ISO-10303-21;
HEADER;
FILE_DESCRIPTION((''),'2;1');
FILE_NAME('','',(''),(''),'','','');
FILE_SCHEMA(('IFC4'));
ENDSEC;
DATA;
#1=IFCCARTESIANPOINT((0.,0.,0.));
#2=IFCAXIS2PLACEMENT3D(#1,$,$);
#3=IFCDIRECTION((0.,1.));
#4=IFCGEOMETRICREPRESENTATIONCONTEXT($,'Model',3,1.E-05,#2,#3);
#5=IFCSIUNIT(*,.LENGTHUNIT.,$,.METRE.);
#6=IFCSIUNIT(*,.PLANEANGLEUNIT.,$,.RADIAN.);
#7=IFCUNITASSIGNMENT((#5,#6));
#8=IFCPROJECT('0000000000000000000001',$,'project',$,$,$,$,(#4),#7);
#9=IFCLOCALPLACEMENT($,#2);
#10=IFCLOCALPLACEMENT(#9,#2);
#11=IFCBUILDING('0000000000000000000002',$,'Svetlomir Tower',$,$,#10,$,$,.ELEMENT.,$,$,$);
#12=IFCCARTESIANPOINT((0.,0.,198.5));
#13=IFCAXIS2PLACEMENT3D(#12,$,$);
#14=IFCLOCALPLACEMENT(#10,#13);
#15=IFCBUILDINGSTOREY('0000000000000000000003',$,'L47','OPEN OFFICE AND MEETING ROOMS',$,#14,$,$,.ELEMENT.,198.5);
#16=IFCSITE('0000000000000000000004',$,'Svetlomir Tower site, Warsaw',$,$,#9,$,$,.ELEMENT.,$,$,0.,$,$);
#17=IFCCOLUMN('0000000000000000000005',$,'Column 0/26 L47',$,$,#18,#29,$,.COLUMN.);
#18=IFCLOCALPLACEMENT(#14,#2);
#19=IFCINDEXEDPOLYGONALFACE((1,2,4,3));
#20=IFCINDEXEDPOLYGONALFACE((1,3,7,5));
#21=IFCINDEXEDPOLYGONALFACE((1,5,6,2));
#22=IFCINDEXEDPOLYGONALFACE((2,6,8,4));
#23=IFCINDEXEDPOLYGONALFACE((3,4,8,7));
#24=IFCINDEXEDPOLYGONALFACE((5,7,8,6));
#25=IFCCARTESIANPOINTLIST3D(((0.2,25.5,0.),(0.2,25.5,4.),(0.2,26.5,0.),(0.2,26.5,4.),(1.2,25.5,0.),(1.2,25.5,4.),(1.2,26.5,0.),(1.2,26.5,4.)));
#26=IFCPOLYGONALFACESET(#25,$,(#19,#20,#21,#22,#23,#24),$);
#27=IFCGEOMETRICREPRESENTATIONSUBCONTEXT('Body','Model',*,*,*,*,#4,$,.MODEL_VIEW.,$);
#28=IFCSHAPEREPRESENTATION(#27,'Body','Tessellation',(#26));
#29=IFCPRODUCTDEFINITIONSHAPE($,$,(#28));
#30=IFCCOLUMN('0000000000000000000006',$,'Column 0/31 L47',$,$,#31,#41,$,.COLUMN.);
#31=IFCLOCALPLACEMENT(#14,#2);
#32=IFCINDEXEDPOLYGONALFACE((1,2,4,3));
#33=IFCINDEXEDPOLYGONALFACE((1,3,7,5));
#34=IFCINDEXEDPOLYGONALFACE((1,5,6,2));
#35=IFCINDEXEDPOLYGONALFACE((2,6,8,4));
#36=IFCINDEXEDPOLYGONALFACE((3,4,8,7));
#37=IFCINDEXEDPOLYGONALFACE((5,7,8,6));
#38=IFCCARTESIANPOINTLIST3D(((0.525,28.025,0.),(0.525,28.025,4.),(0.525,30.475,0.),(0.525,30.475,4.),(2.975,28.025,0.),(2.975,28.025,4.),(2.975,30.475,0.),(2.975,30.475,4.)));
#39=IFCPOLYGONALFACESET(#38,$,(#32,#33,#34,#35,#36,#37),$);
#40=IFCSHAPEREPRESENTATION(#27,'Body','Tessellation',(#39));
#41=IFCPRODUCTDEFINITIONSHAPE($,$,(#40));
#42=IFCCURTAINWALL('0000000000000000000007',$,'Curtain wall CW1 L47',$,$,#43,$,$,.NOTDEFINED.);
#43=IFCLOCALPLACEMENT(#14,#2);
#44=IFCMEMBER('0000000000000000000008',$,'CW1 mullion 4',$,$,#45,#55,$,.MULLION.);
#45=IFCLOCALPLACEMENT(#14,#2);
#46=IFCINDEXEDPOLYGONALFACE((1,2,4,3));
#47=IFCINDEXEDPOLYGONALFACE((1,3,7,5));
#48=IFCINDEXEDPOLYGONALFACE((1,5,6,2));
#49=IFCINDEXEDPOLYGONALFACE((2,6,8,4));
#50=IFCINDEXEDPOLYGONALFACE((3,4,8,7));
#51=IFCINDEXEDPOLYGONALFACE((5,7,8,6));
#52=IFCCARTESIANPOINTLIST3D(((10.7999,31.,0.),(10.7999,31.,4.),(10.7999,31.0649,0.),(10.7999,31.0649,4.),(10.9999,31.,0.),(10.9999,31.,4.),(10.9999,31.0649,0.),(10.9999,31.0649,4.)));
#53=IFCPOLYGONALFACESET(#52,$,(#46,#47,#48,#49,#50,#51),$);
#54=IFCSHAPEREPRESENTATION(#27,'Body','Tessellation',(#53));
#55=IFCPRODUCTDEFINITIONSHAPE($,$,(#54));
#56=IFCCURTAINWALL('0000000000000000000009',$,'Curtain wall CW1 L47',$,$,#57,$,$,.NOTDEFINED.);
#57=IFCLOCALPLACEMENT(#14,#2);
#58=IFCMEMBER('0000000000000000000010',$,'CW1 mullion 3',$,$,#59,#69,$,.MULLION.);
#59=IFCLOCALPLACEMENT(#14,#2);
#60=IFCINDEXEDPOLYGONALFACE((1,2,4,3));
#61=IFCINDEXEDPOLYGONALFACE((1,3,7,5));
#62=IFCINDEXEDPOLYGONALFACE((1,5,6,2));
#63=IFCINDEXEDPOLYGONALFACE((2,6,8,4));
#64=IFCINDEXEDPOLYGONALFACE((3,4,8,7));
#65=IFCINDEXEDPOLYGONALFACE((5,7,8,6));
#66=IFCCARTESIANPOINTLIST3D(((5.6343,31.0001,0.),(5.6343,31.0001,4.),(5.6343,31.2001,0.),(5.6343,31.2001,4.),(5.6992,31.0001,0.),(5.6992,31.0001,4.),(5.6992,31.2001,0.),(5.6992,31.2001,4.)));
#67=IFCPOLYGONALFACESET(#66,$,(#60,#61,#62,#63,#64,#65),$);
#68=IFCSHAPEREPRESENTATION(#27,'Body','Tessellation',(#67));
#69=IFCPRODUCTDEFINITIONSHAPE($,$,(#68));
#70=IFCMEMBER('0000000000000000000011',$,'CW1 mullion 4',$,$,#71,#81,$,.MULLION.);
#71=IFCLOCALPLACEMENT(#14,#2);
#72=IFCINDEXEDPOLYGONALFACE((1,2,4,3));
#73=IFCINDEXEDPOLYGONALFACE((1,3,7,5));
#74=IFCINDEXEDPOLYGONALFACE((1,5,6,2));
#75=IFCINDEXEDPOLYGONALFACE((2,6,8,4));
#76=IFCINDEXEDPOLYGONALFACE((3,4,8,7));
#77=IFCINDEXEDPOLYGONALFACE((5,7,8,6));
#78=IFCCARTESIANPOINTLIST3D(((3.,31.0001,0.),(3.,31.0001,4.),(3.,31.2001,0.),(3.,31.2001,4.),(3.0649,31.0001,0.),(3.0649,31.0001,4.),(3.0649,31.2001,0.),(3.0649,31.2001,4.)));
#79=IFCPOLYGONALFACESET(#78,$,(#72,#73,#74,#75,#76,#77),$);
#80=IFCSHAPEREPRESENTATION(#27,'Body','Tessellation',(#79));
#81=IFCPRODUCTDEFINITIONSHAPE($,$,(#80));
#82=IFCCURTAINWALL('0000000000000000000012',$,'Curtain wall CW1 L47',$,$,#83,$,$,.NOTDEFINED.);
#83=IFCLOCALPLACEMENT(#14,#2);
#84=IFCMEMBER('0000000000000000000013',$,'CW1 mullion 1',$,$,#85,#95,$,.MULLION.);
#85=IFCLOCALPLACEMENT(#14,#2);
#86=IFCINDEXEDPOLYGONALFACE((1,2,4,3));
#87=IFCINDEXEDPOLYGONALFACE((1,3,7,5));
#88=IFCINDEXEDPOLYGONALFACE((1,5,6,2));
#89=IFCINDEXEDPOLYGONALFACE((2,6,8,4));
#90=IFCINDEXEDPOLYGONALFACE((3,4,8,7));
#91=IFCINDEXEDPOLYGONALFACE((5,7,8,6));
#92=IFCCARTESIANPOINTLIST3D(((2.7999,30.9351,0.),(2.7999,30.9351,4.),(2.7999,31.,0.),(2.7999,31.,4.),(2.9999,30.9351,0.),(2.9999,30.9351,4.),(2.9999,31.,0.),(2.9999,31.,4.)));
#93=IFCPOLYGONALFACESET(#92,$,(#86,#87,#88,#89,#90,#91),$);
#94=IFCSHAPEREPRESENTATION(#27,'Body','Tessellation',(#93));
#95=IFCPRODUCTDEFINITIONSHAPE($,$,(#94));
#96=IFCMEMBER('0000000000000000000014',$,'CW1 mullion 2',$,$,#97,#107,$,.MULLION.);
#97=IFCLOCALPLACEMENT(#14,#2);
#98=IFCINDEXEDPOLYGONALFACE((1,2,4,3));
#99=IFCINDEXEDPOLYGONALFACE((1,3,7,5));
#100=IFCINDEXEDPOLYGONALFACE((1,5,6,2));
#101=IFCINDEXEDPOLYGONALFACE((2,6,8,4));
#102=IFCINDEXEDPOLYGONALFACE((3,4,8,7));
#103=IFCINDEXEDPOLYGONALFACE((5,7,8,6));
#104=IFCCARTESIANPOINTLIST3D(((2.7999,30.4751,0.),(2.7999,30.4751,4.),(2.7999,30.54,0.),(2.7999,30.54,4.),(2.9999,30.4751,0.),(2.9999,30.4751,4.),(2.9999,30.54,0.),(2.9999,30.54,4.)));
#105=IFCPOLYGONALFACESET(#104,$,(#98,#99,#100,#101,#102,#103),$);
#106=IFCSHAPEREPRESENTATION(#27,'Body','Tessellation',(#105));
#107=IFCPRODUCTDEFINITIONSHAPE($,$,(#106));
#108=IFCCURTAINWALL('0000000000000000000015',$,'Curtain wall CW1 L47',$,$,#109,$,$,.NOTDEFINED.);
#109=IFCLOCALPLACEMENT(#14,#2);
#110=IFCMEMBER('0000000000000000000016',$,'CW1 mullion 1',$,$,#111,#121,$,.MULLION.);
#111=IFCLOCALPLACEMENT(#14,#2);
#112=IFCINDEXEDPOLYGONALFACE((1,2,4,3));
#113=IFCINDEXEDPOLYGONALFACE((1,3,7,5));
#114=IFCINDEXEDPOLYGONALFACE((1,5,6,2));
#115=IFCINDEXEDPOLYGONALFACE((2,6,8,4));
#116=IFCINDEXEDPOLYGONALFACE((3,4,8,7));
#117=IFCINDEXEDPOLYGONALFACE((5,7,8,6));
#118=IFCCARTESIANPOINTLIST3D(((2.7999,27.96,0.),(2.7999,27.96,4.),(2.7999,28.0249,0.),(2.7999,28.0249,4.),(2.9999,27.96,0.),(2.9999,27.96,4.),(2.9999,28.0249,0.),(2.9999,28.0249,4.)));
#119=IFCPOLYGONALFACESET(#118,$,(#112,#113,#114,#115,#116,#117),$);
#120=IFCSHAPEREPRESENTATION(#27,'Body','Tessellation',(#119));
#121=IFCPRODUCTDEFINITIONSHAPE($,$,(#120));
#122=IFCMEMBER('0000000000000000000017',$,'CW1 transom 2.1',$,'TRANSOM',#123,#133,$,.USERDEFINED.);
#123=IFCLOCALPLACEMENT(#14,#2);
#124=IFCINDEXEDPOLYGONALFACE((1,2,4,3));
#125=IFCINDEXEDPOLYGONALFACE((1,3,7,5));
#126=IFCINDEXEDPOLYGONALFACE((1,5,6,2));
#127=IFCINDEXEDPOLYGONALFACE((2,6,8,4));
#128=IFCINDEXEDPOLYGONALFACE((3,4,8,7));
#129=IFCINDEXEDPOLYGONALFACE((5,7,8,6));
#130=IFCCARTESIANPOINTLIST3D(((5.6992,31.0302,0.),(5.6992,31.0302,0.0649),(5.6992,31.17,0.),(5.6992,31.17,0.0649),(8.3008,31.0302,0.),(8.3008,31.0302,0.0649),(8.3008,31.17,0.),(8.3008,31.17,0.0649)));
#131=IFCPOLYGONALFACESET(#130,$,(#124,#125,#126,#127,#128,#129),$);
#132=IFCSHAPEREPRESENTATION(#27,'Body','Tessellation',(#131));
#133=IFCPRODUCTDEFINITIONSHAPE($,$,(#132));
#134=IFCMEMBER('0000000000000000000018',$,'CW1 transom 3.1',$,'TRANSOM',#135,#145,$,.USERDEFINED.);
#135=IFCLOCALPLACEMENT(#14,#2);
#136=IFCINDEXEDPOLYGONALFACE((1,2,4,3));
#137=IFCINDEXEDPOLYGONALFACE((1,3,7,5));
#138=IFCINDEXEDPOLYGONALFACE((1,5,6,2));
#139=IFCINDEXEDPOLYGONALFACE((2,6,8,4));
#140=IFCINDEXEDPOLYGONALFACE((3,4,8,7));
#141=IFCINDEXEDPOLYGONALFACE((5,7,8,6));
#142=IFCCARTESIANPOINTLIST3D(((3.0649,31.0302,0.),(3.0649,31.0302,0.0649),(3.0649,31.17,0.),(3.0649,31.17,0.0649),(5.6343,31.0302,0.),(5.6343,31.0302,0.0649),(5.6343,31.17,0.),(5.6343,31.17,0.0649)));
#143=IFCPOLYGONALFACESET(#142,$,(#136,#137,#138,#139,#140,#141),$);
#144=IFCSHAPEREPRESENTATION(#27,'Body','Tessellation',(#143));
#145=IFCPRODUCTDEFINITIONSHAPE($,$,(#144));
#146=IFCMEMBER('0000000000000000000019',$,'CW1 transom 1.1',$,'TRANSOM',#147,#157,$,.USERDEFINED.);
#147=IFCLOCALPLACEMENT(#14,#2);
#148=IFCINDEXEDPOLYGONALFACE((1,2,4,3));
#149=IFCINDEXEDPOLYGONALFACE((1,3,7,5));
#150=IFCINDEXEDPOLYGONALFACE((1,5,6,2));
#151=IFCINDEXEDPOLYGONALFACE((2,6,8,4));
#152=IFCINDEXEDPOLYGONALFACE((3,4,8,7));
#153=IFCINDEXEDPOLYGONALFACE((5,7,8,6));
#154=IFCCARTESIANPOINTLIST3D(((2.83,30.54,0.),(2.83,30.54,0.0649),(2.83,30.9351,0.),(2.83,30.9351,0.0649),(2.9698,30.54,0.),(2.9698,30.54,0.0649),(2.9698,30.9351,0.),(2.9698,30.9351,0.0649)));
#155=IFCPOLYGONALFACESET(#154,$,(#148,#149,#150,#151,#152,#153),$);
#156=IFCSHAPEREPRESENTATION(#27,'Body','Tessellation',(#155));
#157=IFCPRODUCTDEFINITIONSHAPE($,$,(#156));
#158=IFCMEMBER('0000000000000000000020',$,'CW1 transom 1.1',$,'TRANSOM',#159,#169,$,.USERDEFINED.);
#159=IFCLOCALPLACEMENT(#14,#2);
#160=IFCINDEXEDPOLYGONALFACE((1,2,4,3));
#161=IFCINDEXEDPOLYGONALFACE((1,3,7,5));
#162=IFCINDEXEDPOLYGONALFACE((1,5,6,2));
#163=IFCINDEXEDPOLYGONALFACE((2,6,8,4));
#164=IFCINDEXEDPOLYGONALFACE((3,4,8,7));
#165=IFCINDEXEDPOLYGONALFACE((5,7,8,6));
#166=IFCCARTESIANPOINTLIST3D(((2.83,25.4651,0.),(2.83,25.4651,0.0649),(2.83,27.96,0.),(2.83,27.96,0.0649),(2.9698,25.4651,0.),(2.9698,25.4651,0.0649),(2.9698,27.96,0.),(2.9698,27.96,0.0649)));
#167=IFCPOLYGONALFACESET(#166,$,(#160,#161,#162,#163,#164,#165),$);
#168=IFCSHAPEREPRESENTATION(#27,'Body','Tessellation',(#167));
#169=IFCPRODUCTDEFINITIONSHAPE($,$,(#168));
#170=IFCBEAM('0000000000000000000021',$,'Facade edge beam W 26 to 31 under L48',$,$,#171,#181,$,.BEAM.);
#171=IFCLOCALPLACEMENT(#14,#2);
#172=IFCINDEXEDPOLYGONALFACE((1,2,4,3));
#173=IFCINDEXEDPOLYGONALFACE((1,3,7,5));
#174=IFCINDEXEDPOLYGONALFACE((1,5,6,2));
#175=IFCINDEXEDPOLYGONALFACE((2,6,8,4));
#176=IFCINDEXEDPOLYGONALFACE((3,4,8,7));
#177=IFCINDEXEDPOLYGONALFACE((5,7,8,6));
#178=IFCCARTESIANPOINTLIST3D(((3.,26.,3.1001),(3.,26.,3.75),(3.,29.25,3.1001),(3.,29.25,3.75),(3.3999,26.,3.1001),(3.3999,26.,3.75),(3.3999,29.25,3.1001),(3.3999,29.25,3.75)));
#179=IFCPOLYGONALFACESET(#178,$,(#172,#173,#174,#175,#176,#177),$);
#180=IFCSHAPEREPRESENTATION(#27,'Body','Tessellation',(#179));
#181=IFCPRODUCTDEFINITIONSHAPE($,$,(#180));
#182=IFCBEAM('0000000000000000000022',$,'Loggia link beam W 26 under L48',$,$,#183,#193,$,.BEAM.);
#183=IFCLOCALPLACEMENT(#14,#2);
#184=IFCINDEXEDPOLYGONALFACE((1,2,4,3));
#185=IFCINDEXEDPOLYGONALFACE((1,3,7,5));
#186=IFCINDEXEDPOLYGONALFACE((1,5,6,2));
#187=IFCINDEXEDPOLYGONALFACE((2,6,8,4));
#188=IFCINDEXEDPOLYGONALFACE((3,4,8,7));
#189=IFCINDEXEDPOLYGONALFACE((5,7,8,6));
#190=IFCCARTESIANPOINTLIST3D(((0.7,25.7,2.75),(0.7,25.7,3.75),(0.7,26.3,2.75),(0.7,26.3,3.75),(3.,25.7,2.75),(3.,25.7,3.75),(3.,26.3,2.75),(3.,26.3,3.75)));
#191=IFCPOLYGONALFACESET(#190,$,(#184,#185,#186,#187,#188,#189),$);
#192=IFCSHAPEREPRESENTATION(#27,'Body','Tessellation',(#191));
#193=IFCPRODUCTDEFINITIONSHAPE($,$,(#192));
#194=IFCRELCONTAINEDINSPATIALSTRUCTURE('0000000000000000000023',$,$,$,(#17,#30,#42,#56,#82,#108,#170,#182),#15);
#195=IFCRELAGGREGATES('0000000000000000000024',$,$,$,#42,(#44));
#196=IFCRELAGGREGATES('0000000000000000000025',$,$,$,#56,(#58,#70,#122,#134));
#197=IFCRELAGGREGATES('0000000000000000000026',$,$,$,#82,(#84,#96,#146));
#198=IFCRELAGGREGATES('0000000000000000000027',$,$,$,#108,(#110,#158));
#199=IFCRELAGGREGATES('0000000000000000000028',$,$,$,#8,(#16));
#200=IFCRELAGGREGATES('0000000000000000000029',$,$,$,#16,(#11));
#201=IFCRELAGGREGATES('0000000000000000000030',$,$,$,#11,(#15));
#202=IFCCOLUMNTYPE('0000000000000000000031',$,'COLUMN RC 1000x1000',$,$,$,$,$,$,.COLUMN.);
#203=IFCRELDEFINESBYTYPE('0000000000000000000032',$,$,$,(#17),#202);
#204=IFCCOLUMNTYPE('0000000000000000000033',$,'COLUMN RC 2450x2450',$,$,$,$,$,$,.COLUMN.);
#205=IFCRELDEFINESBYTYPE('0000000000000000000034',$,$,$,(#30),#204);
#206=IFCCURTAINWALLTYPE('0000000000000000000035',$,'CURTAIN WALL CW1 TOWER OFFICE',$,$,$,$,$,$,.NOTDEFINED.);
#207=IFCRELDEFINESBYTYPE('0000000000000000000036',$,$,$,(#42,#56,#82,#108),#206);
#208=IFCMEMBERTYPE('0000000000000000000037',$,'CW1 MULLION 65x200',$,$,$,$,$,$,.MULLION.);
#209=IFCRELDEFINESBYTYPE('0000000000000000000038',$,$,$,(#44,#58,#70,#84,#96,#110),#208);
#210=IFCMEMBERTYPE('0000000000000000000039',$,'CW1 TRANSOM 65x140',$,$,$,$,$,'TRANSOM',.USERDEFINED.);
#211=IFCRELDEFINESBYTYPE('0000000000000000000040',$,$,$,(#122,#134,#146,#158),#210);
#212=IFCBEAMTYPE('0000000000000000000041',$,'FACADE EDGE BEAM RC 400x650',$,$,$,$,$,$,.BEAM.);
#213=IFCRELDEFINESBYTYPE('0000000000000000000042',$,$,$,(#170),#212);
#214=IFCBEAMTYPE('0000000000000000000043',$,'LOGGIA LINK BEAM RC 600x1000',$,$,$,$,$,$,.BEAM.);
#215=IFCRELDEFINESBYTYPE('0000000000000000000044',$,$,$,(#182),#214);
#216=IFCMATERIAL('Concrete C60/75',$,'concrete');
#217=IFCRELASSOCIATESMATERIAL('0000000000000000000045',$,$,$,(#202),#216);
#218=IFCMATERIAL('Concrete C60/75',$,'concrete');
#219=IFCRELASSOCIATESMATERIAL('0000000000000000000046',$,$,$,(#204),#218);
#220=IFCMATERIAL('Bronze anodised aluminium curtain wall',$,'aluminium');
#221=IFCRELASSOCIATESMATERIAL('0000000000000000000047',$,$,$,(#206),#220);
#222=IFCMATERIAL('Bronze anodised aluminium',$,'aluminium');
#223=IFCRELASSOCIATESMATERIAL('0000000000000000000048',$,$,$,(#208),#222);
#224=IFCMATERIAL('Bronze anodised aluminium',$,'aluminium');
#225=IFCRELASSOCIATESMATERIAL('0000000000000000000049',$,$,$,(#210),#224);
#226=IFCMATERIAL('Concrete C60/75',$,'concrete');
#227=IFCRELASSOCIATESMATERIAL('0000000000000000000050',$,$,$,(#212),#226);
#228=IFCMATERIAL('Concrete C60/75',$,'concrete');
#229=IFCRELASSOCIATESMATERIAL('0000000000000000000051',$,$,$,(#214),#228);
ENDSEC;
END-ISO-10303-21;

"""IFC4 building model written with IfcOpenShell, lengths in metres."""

from ifc_helpers import new_model, si_unit, direction, frame, origin, origin_2d, place, context, subcontext, project, spatial, rectangle, extrude, material, material_profile, profile_set, type_object, element, aggregate, save


model = new_model("IFC4")

# Units and contexts
model_context = context("Model", 3, precision=1e-05, world=origin(), true_north=direction((0.0, 1.0)))
body_context = subcontext(model_context, "Body", "Model", "MODEL_VIEW")
ifc_project = project(units=[si_unit("LENGTHUNIT", "METRE"), si_unit("PLANEANGLEUNIT", "RADIAN")], contexts=[model_context])

# Site, building, storey
site_placement = place(None, origin())
site = spatial("IfcSite", under=ifc_project, at=site_placement, Name="Svetlomir Tower site, Warsaw", CompositionType="ELEMENT", RefElevation=0.0)
building_placement = place(site_placement, origin())
building = spatial("IfcBuilding", under=site, at=building_placement, Name="Svetlomir Tower", CompositionType="ELEMENT")
storey_placement = place(building_placement, frame((0.0, 0.0, 198.5)))
storey = spatial("IfcBuildingStorey", under=building, at=storey_placement, Name="L47", Description="OPEN OFFICE AND MEETING ROOMS", CompositionType="ELEMENT", Elevation=198.5)

# Columns
ifc_material_1 = material(Name="Concrete C60/75", Category="concrete")
ifc_material_profile_1 = material_profile(ifc_material_1, rectangle(XDim=1.0, YDim=1.0, at=origin_2d()), Name="RC 1000x1000")
ifc_profile_set_1 = profile_set([ifc_material_profile_1], Name="Concrete C60/75")
column_type_1 = type_object("IfcColumnType", Name="COLUMN RC 1000x1000", PredefinedType="COLUMN", material=ifc_profile_set_1)
column_1_placement = place(storey_placement, frame((0.7, 26.0, 0.0), z_axis=(0.0, 0.0, 1.0), x_axis=(1.0, 0.0, 0.0)))
element("IfcColumn", 1, at=column_1_placement, inside=storey, type_object=column_type_1, Name="Column 0/26 L47", PredefinedType="COLUMN", context=body_context, shape_type="SweptSolid", body=[
    extrude(rectangle(XDim=1.0, YDim=1.0, at=origin_2d()), origin(), (0.0, 0.0, 1.0), 4.0),
])
ifc_material_2 = material(Name="Concrete C60/75", Category="concrete")
ifc_material_profile_2 = material_profile(ifc_material_2, rectangle(XDim=2.45, YDim=2.45, at=origin_2d()), Name="RC 2450x2450")
ifc_profile_set_2 = profile_set([ifc_material_profile_2], Name="Concrete C60/75")
column_type_2 = type_object("IfcColumnType", Name="COLUMN RC 2450x2450", PredefinedType="COLUMN", material=ifc_profile_set_2)
column_2_placement = place(storey_placement, frame((1.75, 29.25, 0.0), z_axis=(0.0, 0.0, 1.0), x_axis=(1.0, 0.0, 0.0)))
element("IfcColumn", 2, at=column_2_placement, inside=storey, type_object=column_type_2, Name="Column 0/31 L47", PredefinedType="COLUMN", context=body_context, shape_type="SweptSolid", body=[
    extrude(rectangle(XDim=2.45, YDim=2.45, at=origin_2d()), origin(), (0.0, 0.0, 1.0), 4.0),
])

# Curtain wall, member
ifc_material_3 = material(Name="Bronze anodised aluminium curtain wall", Category="aluminium")
curtain_wall_type = type_object("IfcCurtainWallType", Name="CURTAIN WALL CW1 TOWER OFFICE", PredefinedType="NOTDEFINED", material=ifc_material_3)
curtain_wall_1_placement = place(storey_placement, origin())
curtain_wall_1 = element("IfcCurtainWall", 3, at=curtain_wall_1_placement, inside=storey, type_object=curtain_wall_type, Name="Curtain wall CW1 L47", PredefinedType="NOTDEFINED")
ifc_material_4 = material(Name="Bronze anodised aluminium", Category="aluminium")
ifc_material_profile_3 = material_profile(ifc_material_4, rectangle(XDim=0.0649, YDim=0.2, at=origin_2d()), Name="AL 65x200")
ifc_profile_set_3 = profile_set([ifc_material_profile_3], Name="Bronze anodised aluminium 6063-T6")
member_type_1 = type_object("IfcMemberType", Name="CW1 MULLION 65x200", PredefinedType="MULLION", material=ifc_profile_set_3)
member_1_placement = place(storey_placement, frame((10.8999, 31.0325, 0.0), z_axis=(0.0, 0.0, 1.0), x_axis=(0.0, -1.0, 0.0)))
member_1 = element("IfcMember", 4, at=member_1_placement, type_object=member_type_1, Name="CW1 mullion 4", PredefinedType="MULLION", context=body_context, shape_type="SweptSolid", body=[
    extrude(rectangle(XDim=0.0649, YDim=0.2, at=origin_2d()), origin(), (0.0, 0.0, 1.0), 4.0),
])
aggregate(curtain_wall_1, [member_1])

# Curtain walls, members
curtain_wall_2_placement = place(storey_placement, origin())
curtain_wall_2 = element("IfcCurtainWall", 5, at=curtain_wall_2_placement, inside=storey, type_object=curtain_wall_type, Name="Curtain wall CW1 L47", PredefinedType="NOTDEFINED")
member_2_placement = place(storey_placement, frame((5.6667, 31.1001, 0.0), z_axis=(0.0, 0.0, 1.0), x_axis=(-1.0, 0.0, 0.0)))
member_2 = element("IfcMember", 6, at=member_2_placement, type_object=member_type_1, Name="CW1 mullion 3", PredefinedType="MULLION", context=body_context, shape_type="SweptSolid", body=[
    extrude(rectangle(XDim=0.0649, YDim=0.2, at=origin_2d()), origin(), (0.0, 0.0, 1.0), 4.0),
])
member_3_placement = place(storey_placement, frame((3.0325, 31.1001, 0.0), z_axis=(0.0, 0.0, 1.0), x_axis=(-1.0, 0.0, 0.0)))
member_3 = element("IfcMember", 7, at=member_3_placement, type_object=member_type_1, Name="CW1 mullion 4", PredefinedType="MULLION", context=body_context, shape_type="SweptSolid", body=[
    extrude(rectangle(XDim=0.0649, YDim=0.2, at=origin_2d()), origin(), (0.0, 0.0, 1.0), 4.0),
])
curtain_wall_3_placement = place(storey_placement, origin())
curtain_wall_3 = element("IfcCurtainWall", 8, at=curtain_wall_3_placement, inside=storey, type_object=curtain_wall_type, Name="Curtain wall CW1 L47", PredefinedType="NOTDEFINED")
member_4_placement = place(storey_placement, frame((2.8999, 30.9675, 0.0), z_axis=(0.0, 0.0, 1.0), x_axis=(0.0, -1.0, 0.0)))
member_4 = element("IfcMember", 9, at=member_4_placement, type_object=member_type_1, Name="CW1 mullion 1", PredefinedType="MULLION", context=body_context, shape_type="SweptSolid", body=[
    extrude(rectangle(XDim=0.0649, YDim=0.2, at=origin_2d()), origin(), (0.0, 0.0, 1.0), 4.0),
])
member_5_placement = place(storey_placement, frame((2.8999, 30.5076, 0.0), z_axis=(0.0, 0.0, 1.0), x_axis=(0.0, -1.0, 0.0)))
member_5 = element("IfcMember", 10, at=member_5_placement, type_object=member_type_1, Name="CW1 mullion 2", PredefinedType="MULLION", context=body_context, shape_type="SweptSolid", body=[
    extrude(rectangle(XDim=0.0649, YDim=0.2, at=origin_2d()), origin(), (0.0, 0.0, 1.0), 4.0),
])

# Curtain wall, member
curtain_wall_4_placement = place(storey_placement, origin())
curtain_wall_4 = element("IfcCurtainWall", 11, at=curtain_wall_4_placement, inside=storey, type_object=curtain_wall_type, Name="Curtain wall CW1 L47", PredefinedType="NOTDEFINED")
member_6_placement = place(storey_placement, frame((2.8999, 27.9924, 0.0), z_axis=(0.0, 0.0, 1.0), x_axis=(0.0, -1.0, 0.0)))
member_6 = element("IfcMember", 12, at=member_6_placement, type_object=member_type_1, Name="CW1 mullion 1", PredefinedType="MULLION", context=body_context, shape_type="SweptSolid", body=[
    extrude(rectangle(XDim=0.0649, YDim=0.2, at=origin_2d()), origin(), (0.0, 0.0, 1.0), 4.0),
])

# Members
ifc_material_5 = material(Name="Bronze anodised aluminium", Category="aluminium")
ifc_material_profile_4 = material_profile(ifc_material_5, rectangle(XDim=0.1399, YDim=0.0649, at=origin_2d()), Name="AL 140x65")
ifc_profile_set_4 = profile_set([ifc_material_profile_4], Name="Bronze anodised aluminium 6063-T6")
member_type_2 = type_object("IfcMemberType", Name="CW1 TRANSOM 65x140", ElementType="TRANSOM", PredefinedType="USERDEFINED", material=ifc_profile_set_4)
member_7_placement = place(storey_placement, frame((8.3008, 31.1001, 0.0325), z_axis=(-1.0, 0.0, 0.0), x_axis=(0.0, -1.0, 0.0)))
member_7 = element("IfcMember", 13, at=member_7_placement, type_object=member_type_2, Name="CW1 transom 2.1", ObjectType="TRANSOM", PredefinedType="USERDEFINED", context=body_context, shape_type="SweptSolid", body=[
    extrude(rectangle(XDim=0.1399, YDim=0.0649, at=origin_2d()), origin(), (0.0, 0.0, 1.0), 2.6016),
])
member_8_placement = place(storey_placement, frame((5.6343, 31.1001, 0.0325), z_axis=(-1.0, 0.0, 0.0), x_axis=(0.0, -1.0, 0.0)))
member_8 = element("IfcMember", 14, at=member_8_placement, type_object=member_type_2, Name="CW1 transom 3.1", ObjectType="TRANSOM", PredefinedType="USERDEFINED", context=body_context, shape_type="SweptSolid", body=[
    extrude(rectangle(XDim=0.1399, YDim=0.0649, at=origin_2d()), origin(), (0.0, 0.0, 1.0), 2.5693),
])
member_9_placement = place(storey_placement, frame((2.8999, 30.9351, 0.0325), z_axis=(0.0, -1.0, 0.0), x_axis=(1.0, 0.0, 0.0)))
member_9 = element("IfcMember", 15, at=member_9_placement, type_object=member_type_2, Name="CW1 transom 1.1", ObjectType="TRANSOM", PredefinedType="USERDEFINED", context=body_context, shape_type="SweptSolid", body=[
    extrude(rectangle(XDim=0.1399, YDim=0.0649, at=origin_2d()), origin(), (0.0, 0.0, 1.0), 0.395),
])
member_10_placement = place(storey_placement, frame((2.8999, 27.96, 0.0325), z_axis=(0.0, -1.0, 0.0), x_axis=(1.0, 0.0, 0.0)))
member_10 = element("IfcMember", 16, at=member_10_placement, type_object=member_type_2, Name="CW1 transom 1.1", ObjectType="TRANSOM", PredefinedType="USERDEFINED", context=body_context, shape_type="SweptSolid", body=[
    extrude(rectangle(XDim=0.1399, YDim=0.0649, at=origin_2d()), origin(), (0.0, 0.0, 1.0), 2.4949),
])

# Beams
ifc_material_6 = material(Name="Concrete C60/75", Category="concrete")
ifc_material_profile_5 = material_profile(ifc_material_6, rectangle(XDim=0.3999, YDim=0.6499, at=origin_2d()), Name="RC 400x650")
ifc_profile_set_5 = profile_set([ifc_material_profile_5], Name="Concrete C60/75")
beam_type_1 = type_object("IfcBeamType", Name="FACADE EDGE BEAM RC 400x650", PredefinedType="BEAM", material=ifc_profile_set_5)
beam_1_placement = place(storey_placement, frame((3.2, 26.0, 3.425), z_axis=(0.0, 1.0, 0.0), x_axis=(-1.0, 0.0, 0.0)))
element("IfcBeam", 17, at=beam_1_placement, inside=storey, type_object=beam_type_1, Name="Facade edge beam W 26 to 31 under L48", PredefinedType="BEAM", context=body_context, shape_type="SweptSolid", body=[
    extrude(rectangle(XDim=0.3999, YDim=0.6499, at=origin_2d()), origin(), (0.0, 0.0, 1.0), 3.25),
])
ifc_material_7 = material(Name="Concrete C60/75", Category="concrete")
ifc_material_profile_6 = material_profile(ifc_material_7, rectangle(XDim=0.6001, YDim=1.0, at=origin_2d()), Name="RC 600x1000")
ifc_profile_set_6 = profile_set([ifc_material_profile_6], Name="Concrete C60/75")
beam_type_2 = type_object("IfcBeamType", Name="LOGGIA LINK BEAM RC 600x1000", PredefinedType="BEAM", material=ifc_profile_set_6)
beam_2_placement = place(storey_placement, frame((0.7, 26.0, 3.25), z_axis=(1.0, 0.0, 0.0), x_axis=(0.0, 1.0, 0.0)))
element("IfcBeam", 18, at=beam_2_placement, inside=storey, type_object=beam_type_2, Name="Loggia link beam W 26 under L48", PredefinedType="BEAM", context=body_context, shape_type="SweptSolid", body=[
    extrude(rectangle(XDim=0.6001, YDim=1.0, at=origin_2d()), origin(), (0.0, 0.0, 1.0), 2.3),
])

aggregate(curtain_wall_2, [member_2, member_3, member_7, member_8])
aggregate(curtain_wall_3, [member_4, member_5, member_9])
aggregate(curtain_wall_4, [member_6, member_10])

save(model, "model.ifc")
